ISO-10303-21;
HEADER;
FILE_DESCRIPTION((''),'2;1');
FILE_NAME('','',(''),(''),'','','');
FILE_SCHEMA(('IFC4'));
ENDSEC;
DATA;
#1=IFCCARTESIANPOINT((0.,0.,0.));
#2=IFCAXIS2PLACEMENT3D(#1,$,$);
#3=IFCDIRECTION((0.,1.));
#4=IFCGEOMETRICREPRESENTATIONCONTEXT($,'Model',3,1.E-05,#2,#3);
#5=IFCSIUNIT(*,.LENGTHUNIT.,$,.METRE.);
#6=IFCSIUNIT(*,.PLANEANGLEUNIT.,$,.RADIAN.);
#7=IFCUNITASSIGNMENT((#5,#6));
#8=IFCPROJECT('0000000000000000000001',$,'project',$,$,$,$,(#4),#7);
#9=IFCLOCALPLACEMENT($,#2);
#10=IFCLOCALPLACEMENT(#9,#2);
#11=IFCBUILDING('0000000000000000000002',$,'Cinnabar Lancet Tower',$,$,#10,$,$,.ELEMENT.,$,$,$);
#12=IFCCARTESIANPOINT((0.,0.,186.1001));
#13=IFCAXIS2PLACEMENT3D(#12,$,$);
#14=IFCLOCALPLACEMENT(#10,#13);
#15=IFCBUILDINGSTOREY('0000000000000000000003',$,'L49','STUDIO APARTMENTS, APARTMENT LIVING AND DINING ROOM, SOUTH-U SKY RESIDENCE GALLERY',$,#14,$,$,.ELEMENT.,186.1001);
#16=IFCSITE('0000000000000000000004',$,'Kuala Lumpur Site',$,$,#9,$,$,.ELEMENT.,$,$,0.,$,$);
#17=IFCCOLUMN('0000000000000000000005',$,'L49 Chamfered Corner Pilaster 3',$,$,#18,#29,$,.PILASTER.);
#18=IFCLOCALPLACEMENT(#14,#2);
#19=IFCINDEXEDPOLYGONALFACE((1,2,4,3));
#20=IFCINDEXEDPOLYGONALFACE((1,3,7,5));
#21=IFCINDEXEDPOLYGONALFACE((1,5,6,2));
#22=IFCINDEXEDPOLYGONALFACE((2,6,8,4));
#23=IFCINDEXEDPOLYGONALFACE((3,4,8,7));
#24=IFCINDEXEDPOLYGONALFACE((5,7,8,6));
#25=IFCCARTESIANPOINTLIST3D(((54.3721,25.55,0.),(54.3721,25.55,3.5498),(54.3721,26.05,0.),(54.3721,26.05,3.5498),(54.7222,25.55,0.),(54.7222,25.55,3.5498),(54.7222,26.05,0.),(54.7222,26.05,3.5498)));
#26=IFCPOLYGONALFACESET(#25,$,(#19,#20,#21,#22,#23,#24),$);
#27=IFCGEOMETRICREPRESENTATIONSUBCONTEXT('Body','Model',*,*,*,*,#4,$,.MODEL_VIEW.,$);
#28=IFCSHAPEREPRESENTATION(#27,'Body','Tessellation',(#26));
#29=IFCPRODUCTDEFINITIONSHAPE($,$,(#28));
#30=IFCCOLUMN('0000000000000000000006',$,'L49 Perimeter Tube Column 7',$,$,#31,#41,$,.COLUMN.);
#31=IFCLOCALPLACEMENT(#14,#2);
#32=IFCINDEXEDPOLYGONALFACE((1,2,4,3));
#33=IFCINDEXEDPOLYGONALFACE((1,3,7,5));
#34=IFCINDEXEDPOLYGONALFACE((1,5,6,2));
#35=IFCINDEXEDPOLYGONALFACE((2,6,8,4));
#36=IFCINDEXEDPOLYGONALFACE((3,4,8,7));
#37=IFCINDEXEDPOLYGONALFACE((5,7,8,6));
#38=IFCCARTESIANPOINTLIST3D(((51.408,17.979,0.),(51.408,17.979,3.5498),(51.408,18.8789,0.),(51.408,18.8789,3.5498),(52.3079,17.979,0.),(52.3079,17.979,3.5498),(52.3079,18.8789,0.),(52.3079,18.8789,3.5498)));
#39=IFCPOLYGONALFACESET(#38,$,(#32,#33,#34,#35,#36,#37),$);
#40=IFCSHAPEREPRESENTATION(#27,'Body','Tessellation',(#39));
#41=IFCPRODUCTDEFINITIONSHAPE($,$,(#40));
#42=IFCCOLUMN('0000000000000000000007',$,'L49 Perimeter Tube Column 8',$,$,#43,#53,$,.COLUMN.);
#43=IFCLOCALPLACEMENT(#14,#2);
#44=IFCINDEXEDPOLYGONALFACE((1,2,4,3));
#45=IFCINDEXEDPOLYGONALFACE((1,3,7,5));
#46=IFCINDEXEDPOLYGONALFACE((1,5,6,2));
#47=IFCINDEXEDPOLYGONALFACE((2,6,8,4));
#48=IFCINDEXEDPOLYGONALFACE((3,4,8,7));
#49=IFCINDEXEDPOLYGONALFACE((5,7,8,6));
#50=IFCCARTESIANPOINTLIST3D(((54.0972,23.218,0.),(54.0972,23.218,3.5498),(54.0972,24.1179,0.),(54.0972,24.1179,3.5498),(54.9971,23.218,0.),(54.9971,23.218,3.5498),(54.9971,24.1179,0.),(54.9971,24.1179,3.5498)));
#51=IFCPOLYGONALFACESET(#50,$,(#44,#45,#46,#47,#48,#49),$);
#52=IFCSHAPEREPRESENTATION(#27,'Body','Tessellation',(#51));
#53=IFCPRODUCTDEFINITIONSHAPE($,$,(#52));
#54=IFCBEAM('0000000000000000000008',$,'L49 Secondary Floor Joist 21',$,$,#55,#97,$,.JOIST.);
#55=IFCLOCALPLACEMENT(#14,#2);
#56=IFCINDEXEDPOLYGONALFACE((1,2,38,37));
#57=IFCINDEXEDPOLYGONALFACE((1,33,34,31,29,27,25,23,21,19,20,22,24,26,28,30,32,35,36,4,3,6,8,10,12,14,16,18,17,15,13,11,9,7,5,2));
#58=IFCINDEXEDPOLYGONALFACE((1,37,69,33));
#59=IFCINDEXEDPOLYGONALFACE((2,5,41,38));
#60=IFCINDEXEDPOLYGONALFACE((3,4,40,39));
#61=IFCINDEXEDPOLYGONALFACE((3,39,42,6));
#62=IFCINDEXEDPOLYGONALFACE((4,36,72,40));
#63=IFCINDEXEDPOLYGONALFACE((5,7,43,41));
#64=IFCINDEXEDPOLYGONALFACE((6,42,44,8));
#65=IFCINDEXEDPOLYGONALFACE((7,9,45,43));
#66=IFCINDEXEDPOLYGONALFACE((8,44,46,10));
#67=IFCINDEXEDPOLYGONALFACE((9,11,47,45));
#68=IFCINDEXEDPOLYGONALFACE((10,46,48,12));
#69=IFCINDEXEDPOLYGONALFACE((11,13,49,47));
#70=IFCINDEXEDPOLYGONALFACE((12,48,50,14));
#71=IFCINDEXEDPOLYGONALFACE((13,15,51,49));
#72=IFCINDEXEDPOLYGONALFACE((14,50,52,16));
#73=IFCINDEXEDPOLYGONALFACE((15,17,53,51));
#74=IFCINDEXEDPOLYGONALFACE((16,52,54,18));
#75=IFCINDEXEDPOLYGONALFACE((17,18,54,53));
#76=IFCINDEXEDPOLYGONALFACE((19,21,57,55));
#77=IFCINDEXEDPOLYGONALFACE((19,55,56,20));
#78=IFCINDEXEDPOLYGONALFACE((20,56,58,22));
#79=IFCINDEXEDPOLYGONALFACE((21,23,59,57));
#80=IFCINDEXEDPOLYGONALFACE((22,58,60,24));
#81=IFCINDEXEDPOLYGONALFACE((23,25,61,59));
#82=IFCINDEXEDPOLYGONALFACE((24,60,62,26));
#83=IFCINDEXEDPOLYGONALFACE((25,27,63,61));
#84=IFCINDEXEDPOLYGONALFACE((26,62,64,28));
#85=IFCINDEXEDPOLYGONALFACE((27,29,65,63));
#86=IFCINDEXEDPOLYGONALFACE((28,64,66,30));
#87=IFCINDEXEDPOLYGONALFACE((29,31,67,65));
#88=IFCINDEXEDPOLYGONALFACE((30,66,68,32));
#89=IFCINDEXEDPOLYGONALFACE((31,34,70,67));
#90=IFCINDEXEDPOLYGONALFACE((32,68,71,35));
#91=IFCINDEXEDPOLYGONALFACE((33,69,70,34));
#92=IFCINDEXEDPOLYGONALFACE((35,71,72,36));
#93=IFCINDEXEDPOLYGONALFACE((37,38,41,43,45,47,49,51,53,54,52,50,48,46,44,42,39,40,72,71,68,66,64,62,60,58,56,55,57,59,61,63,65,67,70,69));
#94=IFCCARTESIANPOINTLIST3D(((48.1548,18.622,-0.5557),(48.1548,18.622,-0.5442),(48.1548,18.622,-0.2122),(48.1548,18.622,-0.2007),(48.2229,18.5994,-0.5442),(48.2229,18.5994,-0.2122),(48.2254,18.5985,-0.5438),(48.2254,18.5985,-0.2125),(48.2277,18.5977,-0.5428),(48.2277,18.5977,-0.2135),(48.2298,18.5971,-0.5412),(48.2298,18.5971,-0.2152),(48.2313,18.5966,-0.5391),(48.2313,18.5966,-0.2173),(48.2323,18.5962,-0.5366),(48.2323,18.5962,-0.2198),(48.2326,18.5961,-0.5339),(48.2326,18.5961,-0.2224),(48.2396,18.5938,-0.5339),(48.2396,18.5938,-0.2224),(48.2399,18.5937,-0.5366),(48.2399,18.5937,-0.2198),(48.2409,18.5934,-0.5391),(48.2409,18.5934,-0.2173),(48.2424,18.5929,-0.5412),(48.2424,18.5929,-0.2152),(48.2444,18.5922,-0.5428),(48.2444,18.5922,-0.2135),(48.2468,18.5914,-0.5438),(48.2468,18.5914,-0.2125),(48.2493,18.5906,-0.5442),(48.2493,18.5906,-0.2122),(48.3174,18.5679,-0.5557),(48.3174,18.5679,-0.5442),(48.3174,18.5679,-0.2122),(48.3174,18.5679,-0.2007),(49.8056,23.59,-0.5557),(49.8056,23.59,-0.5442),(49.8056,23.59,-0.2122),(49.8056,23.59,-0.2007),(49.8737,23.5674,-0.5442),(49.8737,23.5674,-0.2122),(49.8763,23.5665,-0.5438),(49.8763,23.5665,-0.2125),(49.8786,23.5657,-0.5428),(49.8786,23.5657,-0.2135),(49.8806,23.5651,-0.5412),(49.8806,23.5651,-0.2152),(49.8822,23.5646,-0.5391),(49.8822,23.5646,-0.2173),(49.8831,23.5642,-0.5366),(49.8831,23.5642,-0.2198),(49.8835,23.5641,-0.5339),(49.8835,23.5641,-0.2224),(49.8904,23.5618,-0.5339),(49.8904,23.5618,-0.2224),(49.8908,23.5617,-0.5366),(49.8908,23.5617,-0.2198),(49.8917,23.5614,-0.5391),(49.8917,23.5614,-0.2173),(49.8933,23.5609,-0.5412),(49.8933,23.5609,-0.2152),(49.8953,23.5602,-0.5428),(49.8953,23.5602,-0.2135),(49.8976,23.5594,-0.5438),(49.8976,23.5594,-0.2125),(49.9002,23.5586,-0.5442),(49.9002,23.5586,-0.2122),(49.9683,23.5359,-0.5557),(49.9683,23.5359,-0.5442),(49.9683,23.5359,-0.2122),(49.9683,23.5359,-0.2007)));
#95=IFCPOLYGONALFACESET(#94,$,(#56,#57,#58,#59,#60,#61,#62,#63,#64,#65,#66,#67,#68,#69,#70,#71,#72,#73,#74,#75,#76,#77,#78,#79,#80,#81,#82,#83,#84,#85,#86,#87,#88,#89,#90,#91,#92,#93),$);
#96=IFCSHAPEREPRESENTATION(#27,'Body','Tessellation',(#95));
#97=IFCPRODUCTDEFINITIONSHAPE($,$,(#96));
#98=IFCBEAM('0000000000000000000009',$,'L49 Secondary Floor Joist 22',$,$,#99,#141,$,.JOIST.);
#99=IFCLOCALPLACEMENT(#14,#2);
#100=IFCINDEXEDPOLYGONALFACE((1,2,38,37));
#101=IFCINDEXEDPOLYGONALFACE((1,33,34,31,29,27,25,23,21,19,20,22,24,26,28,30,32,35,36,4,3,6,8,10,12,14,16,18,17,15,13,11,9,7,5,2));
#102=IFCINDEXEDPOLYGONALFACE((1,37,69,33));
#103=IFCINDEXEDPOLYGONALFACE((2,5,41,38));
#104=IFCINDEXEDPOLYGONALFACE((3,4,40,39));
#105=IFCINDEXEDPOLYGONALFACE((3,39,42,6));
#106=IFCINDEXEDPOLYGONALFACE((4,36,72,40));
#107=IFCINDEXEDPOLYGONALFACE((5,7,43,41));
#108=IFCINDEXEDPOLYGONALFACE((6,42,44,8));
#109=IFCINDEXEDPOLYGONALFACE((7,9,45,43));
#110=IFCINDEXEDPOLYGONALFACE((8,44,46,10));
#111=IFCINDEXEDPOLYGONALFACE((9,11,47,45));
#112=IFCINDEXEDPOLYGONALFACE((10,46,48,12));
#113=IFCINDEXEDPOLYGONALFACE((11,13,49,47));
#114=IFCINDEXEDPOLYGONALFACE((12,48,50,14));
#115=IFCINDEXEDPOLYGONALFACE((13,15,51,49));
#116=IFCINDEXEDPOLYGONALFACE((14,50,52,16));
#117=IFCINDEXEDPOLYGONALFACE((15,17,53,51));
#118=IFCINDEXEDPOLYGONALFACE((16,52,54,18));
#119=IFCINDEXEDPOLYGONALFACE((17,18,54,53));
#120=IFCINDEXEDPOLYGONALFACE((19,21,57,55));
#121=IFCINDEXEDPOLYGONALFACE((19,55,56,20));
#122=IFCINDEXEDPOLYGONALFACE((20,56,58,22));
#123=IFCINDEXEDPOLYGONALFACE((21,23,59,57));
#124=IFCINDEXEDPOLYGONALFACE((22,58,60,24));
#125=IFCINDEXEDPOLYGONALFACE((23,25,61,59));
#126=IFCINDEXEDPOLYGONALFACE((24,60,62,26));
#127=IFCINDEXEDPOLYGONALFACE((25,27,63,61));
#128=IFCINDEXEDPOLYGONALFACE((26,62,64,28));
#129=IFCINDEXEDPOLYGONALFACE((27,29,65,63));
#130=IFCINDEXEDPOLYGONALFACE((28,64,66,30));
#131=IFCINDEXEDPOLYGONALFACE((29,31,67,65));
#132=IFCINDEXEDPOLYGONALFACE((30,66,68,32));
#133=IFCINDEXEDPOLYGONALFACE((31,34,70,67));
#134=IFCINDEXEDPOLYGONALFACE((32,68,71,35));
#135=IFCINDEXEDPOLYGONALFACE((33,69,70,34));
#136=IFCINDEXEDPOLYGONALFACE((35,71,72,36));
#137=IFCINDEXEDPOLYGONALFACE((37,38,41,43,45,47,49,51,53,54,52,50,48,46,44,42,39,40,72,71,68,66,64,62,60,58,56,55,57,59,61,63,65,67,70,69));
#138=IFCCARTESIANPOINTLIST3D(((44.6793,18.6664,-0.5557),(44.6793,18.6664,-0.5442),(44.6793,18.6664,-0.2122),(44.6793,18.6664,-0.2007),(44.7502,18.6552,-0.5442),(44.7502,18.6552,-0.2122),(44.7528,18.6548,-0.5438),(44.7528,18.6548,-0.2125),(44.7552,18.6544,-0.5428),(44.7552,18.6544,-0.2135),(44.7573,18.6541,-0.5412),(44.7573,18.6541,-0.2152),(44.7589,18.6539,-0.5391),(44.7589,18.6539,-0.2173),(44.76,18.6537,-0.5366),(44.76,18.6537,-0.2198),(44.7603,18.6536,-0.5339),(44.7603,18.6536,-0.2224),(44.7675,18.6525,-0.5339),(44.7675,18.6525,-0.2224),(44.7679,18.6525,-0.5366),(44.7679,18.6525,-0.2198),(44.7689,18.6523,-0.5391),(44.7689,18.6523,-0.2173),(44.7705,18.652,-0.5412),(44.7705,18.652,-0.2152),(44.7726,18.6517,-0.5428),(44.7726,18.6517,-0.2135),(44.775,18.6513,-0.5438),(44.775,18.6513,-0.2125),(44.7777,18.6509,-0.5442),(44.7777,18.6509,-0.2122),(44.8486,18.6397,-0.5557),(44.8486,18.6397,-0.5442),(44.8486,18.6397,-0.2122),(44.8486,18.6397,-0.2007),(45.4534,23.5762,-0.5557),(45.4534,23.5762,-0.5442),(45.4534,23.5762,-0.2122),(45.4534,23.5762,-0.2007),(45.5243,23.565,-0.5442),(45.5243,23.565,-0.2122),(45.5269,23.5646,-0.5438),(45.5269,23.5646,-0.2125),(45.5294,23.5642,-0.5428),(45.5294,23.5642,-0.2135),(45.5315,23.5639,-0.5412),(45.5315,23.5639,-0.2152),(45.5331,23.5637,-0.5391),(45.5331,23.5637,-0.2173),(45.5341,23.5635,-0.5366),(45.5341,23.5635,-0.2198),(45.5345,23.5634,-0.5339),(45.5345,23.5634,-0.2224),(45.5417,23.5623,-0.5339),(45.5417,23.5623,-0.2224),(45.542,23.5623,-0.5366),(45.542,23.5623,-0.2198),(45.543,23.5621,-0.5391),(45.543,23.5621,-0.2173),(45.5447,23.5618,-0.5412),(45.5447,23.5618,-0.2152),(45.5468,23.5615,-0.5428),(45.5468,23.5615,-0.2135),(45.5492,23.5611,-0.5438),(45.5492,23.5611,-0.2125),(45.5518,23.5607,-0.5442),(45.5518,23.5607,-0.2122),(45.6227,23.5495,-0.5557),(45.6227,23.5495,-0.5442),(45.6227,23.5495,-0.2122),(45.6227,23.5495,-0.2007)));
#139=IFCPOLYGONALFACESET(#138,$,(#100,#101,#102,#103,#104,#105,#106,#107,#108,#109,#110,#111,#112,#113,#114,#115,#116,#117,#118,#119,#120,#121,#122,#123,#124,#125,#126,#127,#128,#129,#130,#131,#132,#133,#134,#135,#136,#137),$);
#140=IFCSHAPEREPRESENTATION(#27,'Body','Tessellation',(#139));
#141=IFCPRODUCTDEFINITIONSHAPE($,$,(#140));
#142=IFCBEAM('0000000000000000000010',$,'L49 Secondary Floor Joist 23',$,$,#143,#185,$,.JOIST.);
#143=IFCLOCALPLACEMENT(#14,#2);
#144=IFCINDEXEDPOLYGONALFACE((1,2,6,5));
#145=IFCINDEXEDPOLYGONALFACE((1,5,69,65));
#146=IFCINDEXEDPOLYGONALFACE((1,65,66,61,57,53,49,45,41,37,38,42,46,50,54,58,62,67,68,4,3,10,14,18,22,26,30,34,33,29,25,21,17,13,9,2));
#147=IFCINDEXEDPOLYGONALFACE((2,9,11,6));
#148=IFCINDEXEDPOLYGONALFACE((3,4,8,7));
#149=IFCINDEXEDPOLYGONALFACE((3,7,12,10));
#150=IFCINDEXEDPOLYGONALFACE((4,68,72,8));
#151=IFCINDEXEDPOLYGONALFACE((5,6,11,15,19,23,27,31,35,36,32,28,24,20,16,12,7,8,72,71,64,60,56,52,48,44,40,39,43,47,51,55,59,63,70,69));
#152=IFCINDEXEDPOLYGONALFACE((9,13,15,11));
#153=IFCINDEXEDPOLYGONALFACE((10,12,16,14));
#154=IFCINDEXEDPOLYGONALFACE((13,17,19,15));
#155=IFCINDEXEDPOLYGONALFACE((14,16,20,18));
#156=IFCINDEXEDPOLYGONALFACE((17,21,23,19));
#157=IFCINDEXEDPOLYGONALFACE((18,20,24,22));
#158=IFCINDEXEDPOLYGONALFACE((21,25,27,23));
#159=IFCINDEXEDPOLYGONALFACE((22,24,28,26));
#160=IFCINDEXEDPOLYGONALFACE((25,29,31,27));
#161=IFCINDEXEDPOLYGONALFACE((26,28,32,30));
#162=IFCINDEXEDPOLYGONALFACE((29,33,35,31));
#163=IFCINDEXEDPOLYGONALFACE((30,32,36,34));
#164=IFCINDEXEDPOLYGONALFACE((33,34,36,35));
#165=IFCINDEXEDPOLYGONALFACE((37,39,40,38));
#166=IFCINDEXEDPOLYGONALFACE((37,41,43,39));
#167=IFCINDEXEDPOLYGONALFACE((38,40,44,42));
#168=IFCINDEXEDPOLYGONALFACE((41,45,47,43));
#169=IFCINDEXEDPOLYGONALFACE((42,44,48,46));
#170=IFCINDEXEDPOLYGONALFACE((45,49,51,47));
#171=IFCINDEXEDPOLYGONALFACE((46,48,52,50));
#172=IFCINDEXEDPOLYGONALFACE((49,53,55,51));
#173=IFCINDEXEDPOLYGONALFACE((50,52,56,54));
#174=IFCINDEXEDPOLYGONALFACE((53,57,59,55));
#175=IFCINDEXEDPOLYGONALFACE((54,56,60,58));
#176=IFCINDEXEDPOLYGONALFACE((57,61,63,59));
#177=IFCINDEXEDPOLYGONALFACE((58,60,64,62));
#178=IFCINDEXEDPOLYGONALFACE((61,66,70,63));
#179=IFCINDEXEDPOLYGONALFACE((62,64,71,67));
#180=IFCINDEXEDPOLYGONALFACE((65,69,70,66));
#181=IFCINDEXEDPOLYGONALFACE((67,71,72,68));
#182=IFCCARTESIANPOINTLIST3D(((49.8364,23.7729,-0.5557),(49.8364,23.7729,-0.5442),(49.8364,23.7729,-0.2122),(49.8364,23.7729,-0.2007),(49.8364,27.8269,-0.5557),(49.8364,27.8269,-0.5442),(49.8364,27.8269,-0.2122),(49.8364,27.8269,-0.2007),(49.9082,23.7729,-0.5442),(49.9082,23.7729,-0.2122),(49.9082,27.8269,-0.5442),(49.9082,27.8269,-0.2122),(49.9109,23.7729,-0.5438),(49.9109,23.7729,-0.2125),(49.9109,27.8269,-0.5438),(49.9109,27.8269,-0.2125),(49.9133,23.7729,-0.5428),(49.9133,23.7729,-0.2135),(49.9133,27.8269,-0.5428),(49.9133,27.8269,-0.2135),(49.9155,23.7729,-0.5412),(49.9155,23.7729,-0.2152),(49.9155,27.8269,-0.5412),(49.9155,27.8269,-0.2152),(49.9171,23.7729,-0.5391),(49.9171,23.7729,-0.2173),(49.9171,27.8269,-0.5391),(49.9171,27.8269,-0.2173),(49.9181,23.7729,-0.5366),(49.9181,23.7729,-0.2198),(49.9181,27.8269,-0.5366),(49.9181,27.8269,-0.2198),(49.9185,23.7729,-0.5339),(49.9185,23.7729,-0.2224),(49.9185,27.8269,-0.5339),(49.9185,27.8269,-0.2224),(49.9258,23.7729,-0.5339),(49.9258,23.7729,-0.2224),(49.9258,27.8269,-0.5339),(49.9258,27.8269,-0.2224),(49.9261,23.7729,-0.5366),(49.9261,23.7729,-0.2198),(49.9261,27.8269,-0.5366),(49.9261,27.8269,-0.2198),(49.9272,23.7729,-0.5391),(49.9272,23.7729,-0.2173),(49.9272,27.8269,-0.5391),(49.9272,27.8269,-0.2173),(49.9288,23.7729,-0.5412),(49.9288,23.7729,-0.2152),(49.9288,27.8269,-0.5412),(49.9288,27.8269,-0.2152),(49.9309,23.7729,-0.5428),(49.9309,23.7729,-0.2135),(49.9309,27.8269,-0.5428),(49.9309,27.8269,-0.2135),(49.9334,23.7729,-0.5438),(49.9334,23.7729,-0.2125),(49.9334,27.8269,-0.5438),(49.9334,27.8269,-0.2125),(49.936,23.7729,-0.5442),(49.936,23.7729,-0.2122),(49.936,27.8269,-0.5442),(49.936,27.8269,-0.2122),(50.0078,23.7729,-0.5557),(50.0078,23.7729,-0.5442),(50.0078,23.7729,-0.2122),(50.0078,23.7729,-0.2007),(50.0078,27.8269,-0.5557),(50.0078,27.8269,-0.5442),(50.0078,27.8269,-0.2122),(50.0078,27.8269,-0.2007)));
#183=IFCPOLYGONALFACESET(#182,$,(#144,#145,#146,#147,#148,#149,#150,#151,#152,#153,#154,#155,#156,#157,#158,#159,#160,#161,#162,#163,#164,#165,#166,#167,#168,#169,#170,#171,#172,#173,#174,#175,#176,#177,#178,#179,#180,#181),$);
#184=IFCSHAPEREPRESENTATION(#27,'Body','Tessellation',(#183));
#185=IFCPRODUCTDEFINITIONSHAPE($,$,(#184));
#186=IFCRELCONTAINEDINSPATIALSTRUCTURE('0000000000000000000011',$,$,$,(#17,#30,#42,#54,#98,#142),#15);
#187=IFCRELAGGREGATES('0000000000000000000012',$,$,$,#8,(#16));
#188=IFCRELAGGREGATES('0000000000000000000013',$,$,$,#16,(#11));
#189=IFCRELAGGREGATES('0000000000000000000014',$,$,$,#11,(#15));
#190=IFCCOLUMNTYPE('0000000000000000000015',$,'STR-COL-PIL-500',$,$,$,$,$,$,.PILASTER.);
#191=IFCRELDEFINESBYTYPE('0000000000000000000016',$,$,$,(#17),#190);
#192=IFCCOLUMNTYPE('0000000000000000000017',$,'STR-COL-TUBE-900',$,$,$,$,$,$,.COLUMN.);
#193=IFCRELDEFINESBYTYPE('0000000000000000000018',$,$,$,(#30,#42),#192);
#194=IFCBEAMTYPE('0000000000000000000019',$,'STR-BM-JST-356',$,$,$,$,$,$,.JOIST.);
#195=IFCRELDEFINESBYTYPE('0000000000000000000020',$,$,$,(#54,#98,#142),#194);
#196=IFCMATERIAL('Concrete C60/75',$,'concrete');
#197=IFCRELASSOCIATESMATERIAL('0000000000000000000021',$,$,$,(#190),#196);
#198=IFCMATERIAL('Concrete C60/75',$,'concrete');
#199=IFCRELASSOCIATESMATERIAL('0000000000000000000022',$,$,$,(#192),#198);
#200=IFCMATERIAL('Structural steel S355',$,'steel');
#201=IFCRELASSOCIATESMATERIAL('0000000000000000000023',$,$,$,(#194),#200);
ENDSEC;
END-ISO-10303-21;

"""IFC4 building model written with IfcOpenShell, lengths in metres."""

from ifc_helpers import new_model, si_unit, direction, frame, origin, origin_2d, place, context, subcontext, project, spatial, rectangle, i_section, extrude, material, material_profile, profile_set, type_object, element, save


model = new_model("IFC4")

# Units and contexts
model_context = context("Model", 3, precision=1e-05, world=origin(), true_north=direction((0.0, 1.0)))
body_context = subcontext(model_context, "Body", "Model", "MODEL_VIEW")
ifc_project = project(units=[si_unit("LENGTHUNIT", "METRE"), si_unit("PLANEANGLEUNIT", "RADIAN")], contexts=[model_context])

# Site, building, storey
site_placement = place(None, origin())
site = spatial("IfcSite", under=ifc_project, at=site_placement, Name="Kuala Lumpur Site", CompositionType="ELEMENT", RefElevation=0.0)
building_placement = place(site_placement, origin())
building = spatial("IfcBuilding", under=site, at=building_placement, Name="Cinnabar Lancet Tower", CompositionType="ELEMENT")
storey_placement = place(building_placement, frame((0.0, 0.0, 186.1001)))
storey = spatial("IfcBuildingStorey", under=building, at=storey_placement, Name="L49", Description="STUDIO APARTMENTS, APARTMENT LIVING AND DINING ROOM, SOUTH-U SKY RESIDENCE GALLERY", CompositionType="ELEMENT", Elevation=186.1001)

# Columns
ifc_material_1 = material(Name="Concrete C60/75", Category="concrete")
ifc_material_profile_1 = material_profile(ifc_material_1, rectangle(XDim=0.5, YDim=0.3501, at=origin_2d()), Name="RC-PIL 500x350")
ifc_profile_set_1 = profile_set([ifc_material_profile_1], Name="Concrete C60/75")
column_type_1 = type_object("IfcColumnType", Name="STR-COL-PIL-500", PredefinedType="PILASTER", material=ifc_profile_set_1)
column_placement = place(storey_placement, frame((54.5471, 25.8, 0.0), z_axis=(0.0, 0.0, 1.0), x_axis=(0.0, 1.0, 0.0)))
element("IfcColumn", 1, at=column_placement, inside=storey, type_object=column_type_1, Name="L49 Chamfered Corner Pilaster 3", PredefinedType="PILASTER", context=body_context, shape_type="SweptSolid", body=[
    extrude(rectangle(XDim=0.5, YDim=0.3501, at=origin_2d()), origin(), (0.0, 0.0, 1.0), 3.5498),
])
ifc_material_2 = material(Name="Concrete C60/75", Category="concrete")
ifc_material_profile_2 = material_profile(ifc_material_2, rectangle(XDim=0.8999, YDim=0.8999, at=origin_2d()), Name="RC-COL 900x900")
ifc_profile_set_2 = profile_set([ifc_material_profile_2], Name="Concrete C60/75")
column_type_2 = type_object("IfcColumnType", Name="STR-COL-TUBE-900", PredefinedType="COLUMN", material=ifc_profile_set_2)
for number, where, z_axis, x_axis, name in (
    (2, (51.8579, 18.429, 0.0), (0.0, 0.0, 1.0), (1.0, 0.0, 0.0), "L49 Perimeter Tube Column 7"),
    (3, (54.5471, 23.668, 0.0), (0.0, 0.0, 1.0), (1.0, 0.0, 0.0), "L49 Perimeter Tube Column 8"),
):
    element("IfcColumn", number, at=place(storey_placement, frame(where, z_axis=z_axis, x_axis=x_axis)), inside=storey, type_object=column_type_2, Name=name, PredefinedType="COLUMN", context=body_context, shape_type="SweptSolid", body=[
        extrude(rectangle(XDim=0.8999, YDim=0.8999, at=origin_2d()), origin(), (0.0, 0.0, 1.0), 3.5498),
    ])

# Beams
ifc_material_3 = material(Name="Structural steel S355", Category="steel")
ifc_material_profile_3 = material_profile(ifc_material_3, i_section(OverallWidth=0.1714, OverallDepth=0.355, WebThickness=0.0073, FlangeThickness=0.0115, FilletRadius=0.0103, at=origin_2d()), Name="UKB 356x171x51")
ifc_profile_set_3 = profile_set([ifc_material_profile_3], Name="Structural steel S355")
beam_type_1 = type_object("IfcBeamType", Name="STR-BM-JST-356", PredefinedType="JOIST", material=ifc_profile_set_3)
beam_1_placement = place(storey_placement, frame((48.2361, 18.595, -0.3782), z_axis=(0.315346, 0.948977, 0.0), x_axis=(-0.948977, 0.315346, 0.0)))
element("IfcBeam", 4, at=beam_1_placement, inside=storey, type_object=beam_type_1, Name="L49 Secondary Floor Joist 21", PredefinedType="JOIST", context=body_context, shape_type="SweptSolid", body=[
    extrude(i_section(OverallWidth=0.1714, OverallDepth=0.355, WebThickness=0.0073, FlangeThickness=0.0115, FilletRadius=0.0103, at=origin_2d()), origin(), (0.0, 0.0, 1.0), 5.2351),
])
beam_2_placement = place(storey_placement, frame((44.7639, 18.6531, -0.3782), z_axis=(0.155751, 0.987796, 0.0), x_axis=(-0.987796, 0.155751, 0.0)))
element("IfcBeam", 5, at=beam_2_placement, inside=storey, type_object=beam_type_1, Name="L49 Secondary Floor Joist 22", PredefinedType="JOIST", context=body_context, shape_type="SweptSolid", body=[
    extrude(i_section(OverallWidth=0.1714, OverallDepth=0.355, WebThickness=0.0073, FlangeThickness=0.0115, FilletRadius=0.0103, at=origin_2d()), origin(), (0.0, 0.0, 1.0), 4.9705),
])
for number, where, z_axis, x_axis, name in (
    (6, (49.9221, 23.7729, -0.3782), (0.0, 1.0, 0.0), (-1.0, 0.0, 0.0), "L49 Secondary Floor Joist 23"),
):
    element("IfcBeam", number, at=place(storey_placement, frame(where, z_axis=z_axis, x_axis=x_axis)), inside=storey, type_object=beam_type_1, Name=name, PredefinedType="JOIST", context=body_context, shape_type="SweptSolid", body=[
        extrude(i_section(OverallWidth=0.1714, OverallDepth=0.355, WebThickness=0.0073, FlangeThickness=0.0115, FilletRadius=0.0103, at=origin_2d()), origin(), (0.0, 0.0, 1.0), 4.054),
    ])

save(model, "model.ifc")
